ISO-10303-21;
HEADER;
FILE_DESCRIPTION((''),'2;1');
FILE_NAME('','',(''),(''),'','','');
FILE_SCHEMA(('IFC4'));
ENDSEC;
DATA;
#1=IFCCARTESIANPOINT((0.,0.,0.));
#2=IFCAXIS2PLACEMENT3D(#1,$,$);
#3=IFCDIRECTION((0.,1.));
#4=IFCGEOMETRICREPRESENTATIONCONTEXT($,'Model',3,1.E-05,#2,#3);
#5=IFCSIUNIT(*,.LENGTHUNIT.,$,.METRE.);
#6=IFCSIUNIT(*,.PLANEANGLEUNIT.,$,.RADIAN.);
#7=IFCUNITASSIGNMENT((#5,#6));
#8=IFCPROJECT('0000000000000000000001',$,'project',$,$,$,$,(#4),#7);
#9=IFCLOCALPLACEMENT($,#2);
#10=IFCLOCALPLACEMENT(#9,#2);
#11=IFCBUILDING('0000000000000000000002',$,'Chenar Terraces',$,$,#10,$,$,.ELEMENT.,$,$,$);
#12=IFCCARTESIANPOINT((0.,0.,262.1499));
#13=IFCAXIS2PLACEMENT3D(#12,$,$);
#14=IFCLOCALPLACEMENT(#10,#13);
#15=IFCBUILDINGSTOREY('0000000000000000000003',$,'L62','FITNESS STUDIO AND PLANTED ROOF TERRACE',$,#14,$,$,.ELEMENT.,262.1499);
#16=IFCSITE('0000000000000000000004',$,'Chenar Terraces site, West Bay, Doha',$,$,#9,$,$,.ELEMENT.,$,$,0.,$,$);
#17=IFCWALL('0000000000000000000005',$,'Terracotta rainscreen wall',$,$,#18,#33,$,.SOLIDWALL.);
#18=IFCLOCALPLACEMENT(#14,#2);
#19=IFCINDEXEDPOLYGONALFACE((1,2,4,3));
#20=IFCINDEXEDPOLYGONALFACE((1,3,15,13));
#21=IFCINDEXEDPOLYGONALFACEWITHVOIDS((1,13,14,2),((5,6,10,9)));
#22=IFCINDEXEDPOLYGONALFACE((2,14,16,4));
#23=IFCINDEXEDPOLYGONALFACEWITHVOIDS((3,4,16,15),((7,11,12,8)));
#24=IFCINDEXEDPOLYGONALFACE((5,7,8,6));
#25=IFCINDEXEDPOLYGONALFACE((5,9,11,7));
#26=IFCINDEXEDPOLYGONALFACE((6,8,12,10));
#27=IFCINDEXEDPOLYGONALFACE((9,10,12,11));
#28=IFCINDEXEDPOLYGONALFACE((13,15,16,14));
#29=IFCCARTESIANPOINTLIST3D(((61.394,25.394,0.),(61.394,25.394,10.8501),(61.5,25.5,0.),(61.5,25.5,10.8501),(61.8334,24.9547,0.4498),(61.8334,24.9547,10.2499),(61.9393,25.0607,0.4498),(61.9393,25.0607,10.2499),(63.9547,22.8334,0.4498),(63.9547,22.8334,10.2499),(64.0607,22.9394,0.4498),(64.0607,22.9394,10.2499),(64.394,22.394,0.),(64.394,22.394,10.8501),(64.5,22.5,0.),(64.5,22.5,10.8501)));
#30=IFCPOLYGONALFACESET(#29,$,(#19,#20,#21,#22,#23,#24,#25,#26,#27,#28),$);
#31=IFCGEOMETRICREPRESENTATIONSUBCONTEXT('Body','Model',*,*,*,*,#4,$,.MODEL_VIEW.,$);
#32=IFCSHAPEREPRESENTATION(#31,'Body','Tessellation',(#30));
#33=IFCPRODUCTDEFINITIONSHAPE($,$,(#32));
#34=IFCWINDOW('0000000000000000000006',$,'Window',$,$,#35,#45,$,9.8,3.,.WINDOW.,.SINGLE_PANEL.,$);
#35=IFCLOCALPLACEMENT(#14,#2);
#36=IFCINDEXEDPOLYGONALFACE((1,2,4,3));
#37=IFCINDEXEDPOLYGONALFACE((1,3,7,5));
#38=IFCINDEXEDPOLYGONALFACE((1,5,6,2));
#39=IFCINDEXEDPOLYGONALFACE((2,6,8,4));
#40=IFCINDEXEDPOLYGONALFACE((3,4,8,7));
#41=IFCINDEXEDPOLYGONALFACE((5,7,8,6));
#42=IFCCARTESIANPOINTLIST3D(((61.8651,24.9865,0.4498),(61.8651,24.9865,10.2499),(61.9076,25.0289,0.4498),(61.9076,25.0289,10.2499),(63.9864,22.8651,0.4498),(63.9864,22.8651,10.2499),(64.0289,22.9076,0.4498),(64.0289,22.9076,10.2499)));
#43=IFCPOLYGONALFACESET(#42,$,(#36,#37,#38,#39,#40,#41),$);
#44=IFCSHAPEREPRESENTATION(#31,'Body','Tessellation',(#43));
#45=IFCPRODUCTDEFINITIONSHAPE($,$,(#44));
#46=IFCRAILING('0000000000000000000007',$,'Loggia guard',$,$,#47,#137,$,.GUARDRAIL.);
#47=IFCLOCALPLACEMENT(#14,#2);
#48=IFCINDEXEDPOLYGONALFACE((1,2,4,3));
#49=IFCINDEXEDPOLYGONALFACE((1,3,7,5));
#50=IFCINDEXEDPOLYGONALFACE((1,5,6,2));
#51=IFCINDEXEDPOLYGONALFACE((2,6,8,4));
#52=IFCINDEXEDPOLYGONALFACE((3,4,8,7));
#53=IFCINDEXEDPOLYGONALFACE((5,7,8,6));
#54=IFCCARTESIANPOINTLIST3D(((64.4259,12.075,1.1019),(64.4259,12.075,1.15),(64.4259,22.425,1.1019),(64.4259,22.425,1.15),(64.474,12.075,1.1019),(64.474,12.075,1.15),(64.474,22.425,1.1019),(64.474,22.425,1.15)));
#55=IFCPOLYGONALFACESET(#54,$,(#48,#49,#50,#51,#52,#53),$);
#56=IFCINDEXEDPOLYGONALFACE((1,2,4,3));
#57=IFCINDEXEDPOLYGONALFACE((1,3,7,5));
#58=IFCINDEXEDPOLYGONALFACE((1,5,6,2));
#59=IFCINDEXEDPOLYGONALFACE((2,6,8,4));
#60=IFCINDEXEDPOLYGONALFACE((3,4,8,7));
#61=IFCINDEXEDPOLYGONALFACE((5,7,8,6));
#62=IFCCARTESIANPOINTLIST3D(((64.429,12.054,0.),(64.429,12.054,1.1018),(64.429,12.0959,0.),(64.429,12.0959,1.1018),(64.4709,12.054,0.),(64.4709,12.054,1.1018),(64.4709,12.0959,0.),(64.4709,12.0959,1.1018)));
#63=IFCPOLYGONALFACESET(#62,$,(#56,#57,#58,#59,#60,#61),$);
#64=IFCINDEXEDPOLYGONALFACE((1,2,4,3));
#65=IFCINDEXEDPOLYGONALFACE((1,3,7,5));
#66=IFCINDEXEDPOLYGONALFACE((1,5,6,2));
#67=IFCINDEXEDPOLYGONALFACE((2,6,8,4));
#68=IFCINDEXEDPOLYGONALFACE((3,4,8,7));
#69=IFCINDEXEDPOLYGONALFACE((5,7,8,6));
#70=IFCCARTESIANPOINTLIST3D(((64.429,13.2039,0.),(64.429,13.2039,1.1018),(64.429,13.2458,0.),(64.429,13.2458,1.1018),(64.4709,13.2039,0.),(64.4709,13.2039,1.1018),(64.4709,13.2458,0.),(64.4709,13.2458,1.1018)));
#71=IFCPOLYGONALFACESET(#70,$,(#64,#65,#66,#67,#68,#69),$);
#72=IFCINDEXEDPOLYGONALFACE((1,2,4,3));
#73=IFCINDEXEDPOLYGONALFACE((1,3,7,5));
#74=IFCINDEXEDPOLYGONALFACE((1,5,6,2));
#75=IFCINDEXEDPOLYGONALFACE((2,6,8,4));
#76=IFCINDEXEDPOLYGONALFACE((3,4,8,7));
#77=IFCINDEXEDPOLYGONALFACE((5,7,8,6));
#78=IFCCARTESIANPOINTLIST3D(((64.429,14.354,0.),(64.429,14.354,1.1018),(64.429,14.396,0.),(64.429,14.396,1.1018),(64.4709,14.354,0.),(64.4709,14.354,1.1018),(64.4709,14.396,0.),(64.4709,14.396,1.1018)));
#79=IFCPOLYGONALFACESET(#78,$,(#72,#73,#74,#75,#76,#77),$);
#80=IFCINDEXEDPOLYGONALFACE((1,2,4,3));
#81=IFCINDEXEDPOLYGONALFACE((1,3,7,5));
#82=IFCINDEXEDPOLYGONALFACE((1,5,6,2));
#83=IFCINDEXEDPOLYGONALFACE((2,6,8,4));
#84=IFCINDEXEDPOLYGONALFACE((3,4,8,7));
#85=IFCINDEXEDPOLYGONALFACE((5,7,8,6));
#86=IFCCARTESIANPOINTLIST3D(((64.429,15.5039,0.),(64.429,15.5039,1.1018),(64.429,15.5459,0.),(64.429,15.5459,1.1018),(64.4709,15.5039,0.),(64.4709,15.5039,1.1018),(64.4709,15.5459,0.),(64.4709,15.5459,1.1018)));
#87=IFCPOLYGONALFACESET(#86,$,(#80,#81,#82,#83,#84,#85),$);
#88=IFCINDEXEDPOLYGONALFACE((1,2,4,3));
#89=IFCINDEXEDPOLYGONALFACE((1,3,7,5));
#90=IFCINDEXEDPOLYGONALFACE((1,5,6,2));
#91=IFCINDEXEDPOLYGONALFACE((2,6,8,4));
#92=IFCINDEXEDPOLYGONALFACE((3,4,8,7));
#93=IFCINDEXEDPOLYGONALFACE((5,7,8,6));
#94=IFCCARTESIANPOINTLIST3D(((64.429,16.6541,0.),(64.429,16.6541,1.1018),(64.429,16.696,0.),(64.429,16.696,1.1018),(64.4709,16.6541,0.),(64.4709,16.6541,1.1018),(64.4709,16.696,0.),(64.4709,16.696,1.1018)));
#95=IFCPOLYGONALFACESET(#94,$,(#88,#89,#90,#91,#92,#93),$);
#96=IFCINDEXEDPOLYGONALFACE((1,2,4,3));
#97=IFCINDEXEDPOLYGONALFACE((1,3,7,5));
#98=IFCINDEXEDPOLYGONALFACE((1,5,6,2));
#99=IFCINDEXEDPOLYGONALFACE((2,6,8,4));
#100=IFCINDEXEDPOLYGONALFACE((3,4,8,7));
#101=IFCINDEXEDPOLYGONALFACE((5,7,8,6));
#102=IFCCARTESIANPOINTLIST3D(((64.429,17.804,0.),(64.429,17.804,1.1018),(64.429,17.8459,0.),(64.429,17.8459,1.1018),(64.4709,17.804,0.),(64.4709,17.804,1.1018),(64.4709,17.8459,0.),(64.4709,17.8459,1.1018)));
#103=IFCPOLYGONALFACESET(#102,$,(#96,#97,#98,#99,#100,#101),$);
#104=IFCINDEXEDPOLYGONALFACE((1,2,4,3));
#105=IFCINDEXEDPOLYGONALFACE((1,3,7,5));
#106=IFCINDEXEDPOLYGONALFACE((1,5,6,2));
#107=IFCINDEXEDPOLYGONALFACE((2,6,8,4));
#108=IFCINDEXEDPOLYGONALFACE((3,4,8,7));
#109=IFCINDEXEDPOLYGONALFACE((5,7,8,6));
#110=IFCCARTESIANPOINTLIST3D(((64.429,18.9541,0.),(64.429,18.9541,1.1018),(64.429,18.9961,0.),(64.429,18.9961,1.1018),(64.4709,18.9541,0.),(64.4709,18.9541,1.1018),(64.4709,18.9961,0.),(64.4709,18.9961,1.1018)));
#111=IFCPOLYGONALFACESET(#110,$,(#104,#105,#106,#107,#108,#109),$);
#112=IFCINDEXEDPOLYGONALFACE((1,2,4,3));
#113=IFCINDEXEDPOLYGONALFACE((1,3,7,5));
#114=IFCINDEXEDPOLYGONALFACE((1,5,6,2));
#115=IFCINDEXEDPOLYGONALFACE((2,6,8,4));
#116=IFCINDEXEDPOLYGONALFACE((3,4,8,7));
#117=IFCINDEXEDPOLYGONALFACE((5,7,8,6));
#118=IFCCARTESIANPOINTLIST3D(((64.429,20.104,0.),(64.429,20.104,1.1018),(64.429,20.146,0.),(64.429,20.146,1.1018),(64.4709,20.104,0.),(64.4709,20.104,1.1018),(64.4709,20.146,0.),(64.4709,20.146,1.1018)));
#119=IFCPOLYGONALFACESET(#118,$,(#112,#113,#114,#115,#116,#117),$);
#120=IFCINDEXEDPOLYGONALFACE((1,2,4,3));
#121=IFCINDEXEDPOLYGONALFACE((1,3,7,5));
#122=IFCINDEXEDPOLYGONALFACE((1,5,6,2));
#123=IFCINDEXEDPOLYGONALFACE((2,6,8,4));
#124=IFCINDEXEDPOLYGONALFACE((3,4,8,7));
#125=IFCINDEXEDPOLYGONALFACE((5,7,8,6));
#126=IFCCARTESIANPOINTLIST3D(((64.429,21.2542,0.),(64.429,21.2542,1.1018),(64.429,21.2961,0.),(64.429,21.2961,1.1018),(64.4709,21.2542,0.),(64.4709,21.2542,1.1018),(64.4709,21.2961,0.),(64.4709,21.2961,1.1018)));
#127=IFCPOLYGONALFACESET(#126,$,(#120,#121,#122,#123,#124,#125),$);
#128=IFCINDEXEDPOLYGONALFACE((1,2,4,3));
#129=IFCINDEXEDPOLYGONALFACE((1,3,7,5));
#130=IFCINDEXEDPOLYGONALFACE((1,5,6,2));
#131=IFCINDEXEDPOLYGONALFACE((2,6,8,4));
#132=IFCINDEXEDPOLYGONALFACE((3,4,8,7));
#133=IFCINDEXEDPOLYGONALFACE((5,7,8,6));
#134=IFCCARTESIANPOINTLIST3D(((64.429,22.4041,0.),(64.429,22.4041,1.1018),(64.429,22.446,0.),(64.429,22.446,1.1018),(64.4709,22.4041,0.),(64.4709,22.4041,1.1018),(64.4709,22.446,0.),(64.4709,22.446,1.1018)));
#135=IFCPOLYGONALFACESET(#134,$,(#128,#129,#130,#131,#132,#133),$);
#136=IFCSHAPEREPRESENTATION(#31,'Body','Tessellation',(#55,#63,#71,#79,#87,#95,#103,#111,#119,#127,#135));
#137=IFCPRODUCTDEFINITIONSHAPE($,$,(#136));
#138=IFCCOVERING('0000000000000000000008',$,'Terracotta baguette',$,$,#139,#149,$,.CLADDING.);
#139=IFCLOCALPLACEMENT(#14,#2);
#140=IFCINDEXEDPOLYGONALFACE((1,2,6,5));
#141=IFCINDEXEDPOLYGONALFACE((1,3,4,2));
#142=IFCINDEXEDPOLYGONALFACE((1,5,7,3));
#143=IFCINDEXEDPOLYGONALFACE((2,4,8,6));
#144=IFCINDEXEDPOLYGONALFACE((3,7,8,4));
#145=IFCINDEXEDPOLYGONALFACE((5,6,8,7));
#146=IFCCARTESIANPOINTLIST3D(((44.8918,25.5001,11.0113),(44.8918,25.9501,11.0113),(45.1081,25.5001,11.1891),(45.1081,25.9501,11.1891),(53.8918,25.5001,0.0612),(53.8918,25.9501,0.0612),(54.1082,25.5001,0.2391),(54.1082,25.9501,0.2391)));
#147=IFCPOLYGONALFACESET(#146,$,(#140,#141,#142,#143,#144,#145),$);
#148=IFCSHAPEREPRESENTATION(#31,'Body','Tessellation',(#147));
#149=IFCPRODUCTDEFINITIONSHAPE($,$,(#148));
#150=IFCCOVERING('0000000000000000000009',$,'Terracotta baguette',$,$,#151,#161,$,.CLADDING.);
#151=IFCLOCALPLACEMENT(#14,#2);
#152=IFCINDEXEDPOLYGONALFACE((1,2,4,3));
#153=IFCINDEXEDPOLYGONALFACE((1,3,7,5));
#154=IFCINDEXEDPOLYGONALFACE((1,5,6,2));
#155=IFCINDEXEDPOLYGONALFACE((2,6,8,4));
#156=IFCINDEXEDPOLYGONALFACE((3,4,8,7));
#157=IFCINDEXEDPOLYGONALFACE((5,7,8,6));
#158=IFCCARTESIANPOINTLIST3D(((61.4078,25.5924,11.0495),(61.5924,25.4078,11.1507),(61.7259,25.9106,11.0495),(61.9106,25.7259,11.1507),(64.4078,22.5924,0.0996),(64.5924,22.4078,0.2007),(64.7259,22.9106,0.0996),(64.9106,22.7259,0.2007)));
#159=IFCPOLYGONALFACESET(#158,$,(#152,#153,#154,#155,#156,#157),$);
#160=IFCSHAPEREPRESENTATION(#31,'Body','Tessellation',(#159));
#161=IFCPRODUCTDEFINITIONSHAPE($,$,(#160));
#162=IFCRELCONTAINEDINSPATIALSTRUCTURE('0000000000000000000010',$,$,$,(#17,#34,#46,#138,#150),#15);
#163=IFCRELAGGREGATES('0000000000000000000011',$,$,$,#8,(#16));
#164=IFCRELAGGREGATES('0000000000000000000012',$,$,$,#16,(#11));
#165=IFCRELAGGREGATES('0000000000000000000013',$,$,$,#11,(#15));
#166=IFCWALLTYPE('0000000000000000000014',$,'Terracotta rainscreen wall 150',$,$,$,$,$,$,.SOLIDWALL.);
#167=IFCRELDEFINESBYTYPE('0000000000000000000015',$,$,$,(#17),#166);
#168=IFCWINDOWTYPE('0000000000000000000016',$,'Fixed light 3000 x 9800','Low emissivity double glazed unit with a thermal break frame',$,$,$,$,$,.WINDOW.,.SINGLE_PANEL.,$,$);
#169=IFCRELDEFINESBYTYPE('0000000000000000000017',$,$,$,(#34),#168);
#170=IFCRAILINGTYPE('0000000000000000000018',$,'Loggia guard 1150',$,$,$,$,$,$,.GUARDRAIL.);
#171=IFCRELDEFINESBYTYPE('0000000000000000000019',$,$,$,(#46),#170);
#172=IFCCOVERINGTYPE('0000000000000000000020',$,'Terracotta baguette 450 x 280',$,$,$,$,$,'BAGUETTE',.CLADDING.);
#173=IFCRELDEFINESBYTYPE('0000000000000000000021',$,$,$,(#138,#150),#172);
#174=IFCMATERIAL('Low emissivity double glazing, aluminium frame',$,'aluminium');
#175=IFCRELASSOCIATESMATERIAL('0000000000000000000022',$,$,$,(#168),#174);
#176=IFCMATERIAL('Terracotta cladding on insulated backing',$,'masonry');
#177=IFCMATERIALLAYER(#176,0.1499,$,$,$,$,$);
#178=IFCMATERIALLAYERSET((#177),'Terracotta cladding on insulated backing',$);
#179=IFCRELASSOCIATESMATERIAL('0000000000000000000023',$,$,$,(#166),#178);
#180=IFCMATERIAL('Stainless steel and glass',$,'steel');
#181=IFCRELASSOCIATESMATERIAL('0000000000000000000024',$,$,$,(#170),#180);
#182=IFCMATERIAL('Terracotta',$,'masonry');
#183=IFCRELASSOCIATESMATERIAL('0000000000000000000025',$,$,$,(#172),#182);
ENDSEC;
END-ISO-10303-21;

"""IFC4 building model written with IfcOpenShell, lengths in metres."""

from ifc_helpers import new_model, si_unit, direction, frame, frame_2d, origin, origin_2d, place, context, subcontext, project, spatial, rectangle, extrude, material, layer, layer_set, material_profile, profile_set, type_object, element, fill, save


model = new_model("IFC4")

# Units and contexts
model_context = context("Model", 3, precision=1e-05, world=origin(), true_north=direction((0.0, 1.0)))
body_context = subcontext(model_context, "Body", "Model", "MODEL_VIEW")
ifc_project = project(units=[si_unit("LENGTHUNIT", "METRE"), si_unit("PLANEANGLEUNIT", "RADIAN")], contexts=[model_context])

# Site, building, storey
site_placement = place(None, origin())
site = spatial("IfcSite", under=ifc_project, at=site_placement, Name="Chenar Terraces site, West Bay, Doha", CompositionType="ELEMENT", RefElevation=0.0)
building_placement = place(site_placement, origin())
building = spatial("IfcBuilding", under=site, at=building_placement, Name="Chenar Terraces", CompositionType="ELEMENT")
storey_placement = place(building_placement, frame((0.0, 0.0, 262.1499)))
storey = spatial("IfcBuildingStorey", under=building, at=storey_placement, Name="L62", Description="FITNESS STUDIO AND PLANTED ROOF TERRACE", CompositionType="ELEMENT", Elevation=262.1499)

# Shared definitions
ifc_material_1 = material(Name="Low emissivity double glazing, aluminium frame", Category="aluminium")
window_type = type_object("IfcWindowType", Name="Fixed light 3000 x 9800", Description="Low emissivity double glazed unit with a thermal break frame", PartitioningType="SINGLE_PANEL", PredefinedType="WINDOW", material=ifc_material_1)

# Wall, opening, window
ifc_material_2 = material(Name="Terracotta cladding on insulated backing", Category="masonry")
ifc_layer_1 = layer(ifc_material_2, 0.1499)
ifc_layer_set_1 = layer_set([ifc_layer_1], Name="Terracotta cladding on insulated backing")
wall_type_1 = type_object("IfcWallType", Name="Terracotta rainscreen wall 150", PredefinedType="SOLIDWALL", material=ifc_layer_set_1)
wall_1_placement = place(storey_placement, frame((64.447, 22.447, 0.0), z_axis=(0.0, 0.0, 1.0), x_axis=(-0.707107, 0.707107, 0.0)))
wall_1 = element("IfcWall", 1, at=wall_1_placement, inside=storey, type_object=wall_type_1, Name="Terracotta rainscreen wall", PredefinedType="SOLIDWALL", context=body_context, shape_type="SweptSolid", body=[
    extrude(rectangle(XDim=4.2427, YDim=0.1499, at=frame_2d((2.1213, 0.0))), origin(), (0.0, 0.0, 1.0), 10.8501),
])
opening_1_placement = place(wall_1_placement, frame((0.6213, 0.0, 0.45)))
opening_1 = element("IfcOpeningElement", 2, at=opening_1_placement, cuts=wall_1, PredefinedType="OPENING", context=body_context, shape_type="SweptSolid", body=[
    extrude(rectangle(XDim=3.0, YDim=9.8, at=frame_2d((1.5, 4.8999))), frame((0.0, 0.085, 0.0), z_axis=(0.0, -1.0, 0.0), x_axis=(1.0, 0.0, 0.0)), (0.0, 0.0, 1.0), 0.1699),
])
window_1_placement = place(opening_1_placement, origin())
window_1 = element("IfcWindow", 3, at=window_1_placement, inside=storey, type_object=window_type, Name="Window", OverallHeight=9.8, OverallWidth=3.0, PartitioningType="SINGLE_PANEL", PredefinedType="WINDOW", context=body_context, shape_type="SweptSolid", body=[
    extrude(rectangle(XDim=3.0, YDim=9.8, at=frame_2d((1.5, 4.8999))), frame((0.0, 0.03, 0.0), z_axis=(0.0, -1.0, 0.0), x_axis=(1.0, 0.0, 0.0)), (0.0, 0.0, 1.0), 0.0601),
])
fill(opening_1, window_1)

# Railing
ifc_material_3 = material(Name="Stainless steel and glass", Category="steel")
railing_type = type_object("IfcRailingType", Name="Loggia guard 1150", PredefinedType="GUARDRAIL", material=ifc_material_3)
railing_placement = place(storey_placement, frame((64.45, 12.075, 0.0)))
element("IfcRailing", 4, at=railing_placement, inside=storey, type_object=railing_type, Name="Loggia guard", PredefinedType="GUARDRAIL", context=body_context, shape_type="SweptSolid", body=[
    extrude(rectangle(XDim=0.0481, YDim=0.0481, at=origin_2d()), frame((0.0, 0.0, 1.126), z_axis=(0.0, 1.0, 0.0), x_axis=(-1.0, 0.0, 0.0)), (0.0, 0.0, 1.0), 10.3501),
    extrude(rectangle(XDim=0.042, YDim=0.042, at=origin_2d()), origin(), (0.0, 0.0, 1.0), 1.1018),
    extrude(rectangle(XDim=0.042, YDim=0.042, at=origin_2d()), frame((0.0, 1.1499, 0.0)), (0.0, 0.0, 1.0), 1.1018),
    extrude(rectangle(XDim=0.042, YDim=0.042, at=origin_2d()), frame((0.0, 2.3, 0.0)), (0.0, 0.0, 1.0), 1.1018),
    extrude(rectangle(XDim=0.042, YDim=0.042, at=origin_2d()), frame((0.0, 3.45, 0.0)), (0.0, 0.0, 1.0), 1.1018),
    extrude(rectangle(XDim=0.042, YDim=0.042, at=origin_2d()), frame((0.0, 4.6001, 0.0)), (0.0, 0.0, 1.0), 1.1018),
    extrude(rectangle(XDim=0.042, YDim=0.042, at=origin_2d()), frame((0.0, 5.75, 0.0)), (0.0, 0.0, 1.0), 1.1018),
    extrude(rectangle(XDim=0.042, YDim=0.042, at=origin_2d()), frame((0.0, 6.9001, 0.0)), (0.0, 0.0, 1.0), 1.1018),
    extrude(rectangle(XDim=0.042, YDim=0.042, at=origin_2d()), frame((0.0, 8.05, 0.0)), (0.0, 0.0, 1.0), 1.1018),
    extrude(rectangle(XDim=0.042, YDim=0.042, at=origin_2d()), frame((0.0, 9.2002, 0.0)), (0.0, 0.0, 1.0), 1.1018),
    extrude(rectangle(XDim=0.042, YDim=0.042, at=origin_2d()), frame((0.0, 10.3501, 0.0)), (0.0, 0.0, 1.0), 1.1018),
])

# Coverings
ifc_material_4 = material(Name="Terracotta", Category="masonry")
ifc_material_profile_1 = material_profile(ifc_material_4, rectangle(XDim=0.45, YDim=0.28, at=origin_2d()), Name="Terracotta baguette 450 x 280")
ifc_profile_set_1 = profile_set([ifc_material_profile_1], Name="Terracotta")
covering_type = type_object("IfcCoveringType", Name="Terracotta baguette 450 x 280", ElementType="BAGUETTE", PredefinedType="CLADDING", material=ifc_profile_set_1)
covering_1_placement = place(storey_placement, frame((54.0, 25.7251, 0.1501), z_axis=(-0.634967, 0.0, 0.772539), x_axis=(0.0, -1.0, 0.0)))
element("IfcCovering", 5, at=covering_1_placement, inside=storey, type_object=covering_type, Name="Terracotta baguette", PredefinedType="CLADDING", context=body_context, shape_type="SweptSolid", body=[
    extrude(rectangle(XDim=0.45, YDim=0.28, at=origin_2d()), origin(), (0.0, 0.0, 1.0), 14.1741),
])
covering_2_placement = place(storey_placement, frame((64.6592, 22.6592, 0.1501), z_axis=(-0.255468, 0.255468, 0.932455), x_axis=(-0.707107, -0.707107, 0.0)))
element("IfcCovering", 6, at=covering_2_placement, inside=storey, type_object=covering_type, Name="Terracotta baguette", PredefinedType="CLADDING", context=body_context, shape_type="SweptSolid", body=[
    extrude(rectangle(XDim=0.45, YDim=0.28, at=origin_2d()), origin(), (0.0, 0.0, 1.0), 11.7432),
])

save(model, "model.ifc")
